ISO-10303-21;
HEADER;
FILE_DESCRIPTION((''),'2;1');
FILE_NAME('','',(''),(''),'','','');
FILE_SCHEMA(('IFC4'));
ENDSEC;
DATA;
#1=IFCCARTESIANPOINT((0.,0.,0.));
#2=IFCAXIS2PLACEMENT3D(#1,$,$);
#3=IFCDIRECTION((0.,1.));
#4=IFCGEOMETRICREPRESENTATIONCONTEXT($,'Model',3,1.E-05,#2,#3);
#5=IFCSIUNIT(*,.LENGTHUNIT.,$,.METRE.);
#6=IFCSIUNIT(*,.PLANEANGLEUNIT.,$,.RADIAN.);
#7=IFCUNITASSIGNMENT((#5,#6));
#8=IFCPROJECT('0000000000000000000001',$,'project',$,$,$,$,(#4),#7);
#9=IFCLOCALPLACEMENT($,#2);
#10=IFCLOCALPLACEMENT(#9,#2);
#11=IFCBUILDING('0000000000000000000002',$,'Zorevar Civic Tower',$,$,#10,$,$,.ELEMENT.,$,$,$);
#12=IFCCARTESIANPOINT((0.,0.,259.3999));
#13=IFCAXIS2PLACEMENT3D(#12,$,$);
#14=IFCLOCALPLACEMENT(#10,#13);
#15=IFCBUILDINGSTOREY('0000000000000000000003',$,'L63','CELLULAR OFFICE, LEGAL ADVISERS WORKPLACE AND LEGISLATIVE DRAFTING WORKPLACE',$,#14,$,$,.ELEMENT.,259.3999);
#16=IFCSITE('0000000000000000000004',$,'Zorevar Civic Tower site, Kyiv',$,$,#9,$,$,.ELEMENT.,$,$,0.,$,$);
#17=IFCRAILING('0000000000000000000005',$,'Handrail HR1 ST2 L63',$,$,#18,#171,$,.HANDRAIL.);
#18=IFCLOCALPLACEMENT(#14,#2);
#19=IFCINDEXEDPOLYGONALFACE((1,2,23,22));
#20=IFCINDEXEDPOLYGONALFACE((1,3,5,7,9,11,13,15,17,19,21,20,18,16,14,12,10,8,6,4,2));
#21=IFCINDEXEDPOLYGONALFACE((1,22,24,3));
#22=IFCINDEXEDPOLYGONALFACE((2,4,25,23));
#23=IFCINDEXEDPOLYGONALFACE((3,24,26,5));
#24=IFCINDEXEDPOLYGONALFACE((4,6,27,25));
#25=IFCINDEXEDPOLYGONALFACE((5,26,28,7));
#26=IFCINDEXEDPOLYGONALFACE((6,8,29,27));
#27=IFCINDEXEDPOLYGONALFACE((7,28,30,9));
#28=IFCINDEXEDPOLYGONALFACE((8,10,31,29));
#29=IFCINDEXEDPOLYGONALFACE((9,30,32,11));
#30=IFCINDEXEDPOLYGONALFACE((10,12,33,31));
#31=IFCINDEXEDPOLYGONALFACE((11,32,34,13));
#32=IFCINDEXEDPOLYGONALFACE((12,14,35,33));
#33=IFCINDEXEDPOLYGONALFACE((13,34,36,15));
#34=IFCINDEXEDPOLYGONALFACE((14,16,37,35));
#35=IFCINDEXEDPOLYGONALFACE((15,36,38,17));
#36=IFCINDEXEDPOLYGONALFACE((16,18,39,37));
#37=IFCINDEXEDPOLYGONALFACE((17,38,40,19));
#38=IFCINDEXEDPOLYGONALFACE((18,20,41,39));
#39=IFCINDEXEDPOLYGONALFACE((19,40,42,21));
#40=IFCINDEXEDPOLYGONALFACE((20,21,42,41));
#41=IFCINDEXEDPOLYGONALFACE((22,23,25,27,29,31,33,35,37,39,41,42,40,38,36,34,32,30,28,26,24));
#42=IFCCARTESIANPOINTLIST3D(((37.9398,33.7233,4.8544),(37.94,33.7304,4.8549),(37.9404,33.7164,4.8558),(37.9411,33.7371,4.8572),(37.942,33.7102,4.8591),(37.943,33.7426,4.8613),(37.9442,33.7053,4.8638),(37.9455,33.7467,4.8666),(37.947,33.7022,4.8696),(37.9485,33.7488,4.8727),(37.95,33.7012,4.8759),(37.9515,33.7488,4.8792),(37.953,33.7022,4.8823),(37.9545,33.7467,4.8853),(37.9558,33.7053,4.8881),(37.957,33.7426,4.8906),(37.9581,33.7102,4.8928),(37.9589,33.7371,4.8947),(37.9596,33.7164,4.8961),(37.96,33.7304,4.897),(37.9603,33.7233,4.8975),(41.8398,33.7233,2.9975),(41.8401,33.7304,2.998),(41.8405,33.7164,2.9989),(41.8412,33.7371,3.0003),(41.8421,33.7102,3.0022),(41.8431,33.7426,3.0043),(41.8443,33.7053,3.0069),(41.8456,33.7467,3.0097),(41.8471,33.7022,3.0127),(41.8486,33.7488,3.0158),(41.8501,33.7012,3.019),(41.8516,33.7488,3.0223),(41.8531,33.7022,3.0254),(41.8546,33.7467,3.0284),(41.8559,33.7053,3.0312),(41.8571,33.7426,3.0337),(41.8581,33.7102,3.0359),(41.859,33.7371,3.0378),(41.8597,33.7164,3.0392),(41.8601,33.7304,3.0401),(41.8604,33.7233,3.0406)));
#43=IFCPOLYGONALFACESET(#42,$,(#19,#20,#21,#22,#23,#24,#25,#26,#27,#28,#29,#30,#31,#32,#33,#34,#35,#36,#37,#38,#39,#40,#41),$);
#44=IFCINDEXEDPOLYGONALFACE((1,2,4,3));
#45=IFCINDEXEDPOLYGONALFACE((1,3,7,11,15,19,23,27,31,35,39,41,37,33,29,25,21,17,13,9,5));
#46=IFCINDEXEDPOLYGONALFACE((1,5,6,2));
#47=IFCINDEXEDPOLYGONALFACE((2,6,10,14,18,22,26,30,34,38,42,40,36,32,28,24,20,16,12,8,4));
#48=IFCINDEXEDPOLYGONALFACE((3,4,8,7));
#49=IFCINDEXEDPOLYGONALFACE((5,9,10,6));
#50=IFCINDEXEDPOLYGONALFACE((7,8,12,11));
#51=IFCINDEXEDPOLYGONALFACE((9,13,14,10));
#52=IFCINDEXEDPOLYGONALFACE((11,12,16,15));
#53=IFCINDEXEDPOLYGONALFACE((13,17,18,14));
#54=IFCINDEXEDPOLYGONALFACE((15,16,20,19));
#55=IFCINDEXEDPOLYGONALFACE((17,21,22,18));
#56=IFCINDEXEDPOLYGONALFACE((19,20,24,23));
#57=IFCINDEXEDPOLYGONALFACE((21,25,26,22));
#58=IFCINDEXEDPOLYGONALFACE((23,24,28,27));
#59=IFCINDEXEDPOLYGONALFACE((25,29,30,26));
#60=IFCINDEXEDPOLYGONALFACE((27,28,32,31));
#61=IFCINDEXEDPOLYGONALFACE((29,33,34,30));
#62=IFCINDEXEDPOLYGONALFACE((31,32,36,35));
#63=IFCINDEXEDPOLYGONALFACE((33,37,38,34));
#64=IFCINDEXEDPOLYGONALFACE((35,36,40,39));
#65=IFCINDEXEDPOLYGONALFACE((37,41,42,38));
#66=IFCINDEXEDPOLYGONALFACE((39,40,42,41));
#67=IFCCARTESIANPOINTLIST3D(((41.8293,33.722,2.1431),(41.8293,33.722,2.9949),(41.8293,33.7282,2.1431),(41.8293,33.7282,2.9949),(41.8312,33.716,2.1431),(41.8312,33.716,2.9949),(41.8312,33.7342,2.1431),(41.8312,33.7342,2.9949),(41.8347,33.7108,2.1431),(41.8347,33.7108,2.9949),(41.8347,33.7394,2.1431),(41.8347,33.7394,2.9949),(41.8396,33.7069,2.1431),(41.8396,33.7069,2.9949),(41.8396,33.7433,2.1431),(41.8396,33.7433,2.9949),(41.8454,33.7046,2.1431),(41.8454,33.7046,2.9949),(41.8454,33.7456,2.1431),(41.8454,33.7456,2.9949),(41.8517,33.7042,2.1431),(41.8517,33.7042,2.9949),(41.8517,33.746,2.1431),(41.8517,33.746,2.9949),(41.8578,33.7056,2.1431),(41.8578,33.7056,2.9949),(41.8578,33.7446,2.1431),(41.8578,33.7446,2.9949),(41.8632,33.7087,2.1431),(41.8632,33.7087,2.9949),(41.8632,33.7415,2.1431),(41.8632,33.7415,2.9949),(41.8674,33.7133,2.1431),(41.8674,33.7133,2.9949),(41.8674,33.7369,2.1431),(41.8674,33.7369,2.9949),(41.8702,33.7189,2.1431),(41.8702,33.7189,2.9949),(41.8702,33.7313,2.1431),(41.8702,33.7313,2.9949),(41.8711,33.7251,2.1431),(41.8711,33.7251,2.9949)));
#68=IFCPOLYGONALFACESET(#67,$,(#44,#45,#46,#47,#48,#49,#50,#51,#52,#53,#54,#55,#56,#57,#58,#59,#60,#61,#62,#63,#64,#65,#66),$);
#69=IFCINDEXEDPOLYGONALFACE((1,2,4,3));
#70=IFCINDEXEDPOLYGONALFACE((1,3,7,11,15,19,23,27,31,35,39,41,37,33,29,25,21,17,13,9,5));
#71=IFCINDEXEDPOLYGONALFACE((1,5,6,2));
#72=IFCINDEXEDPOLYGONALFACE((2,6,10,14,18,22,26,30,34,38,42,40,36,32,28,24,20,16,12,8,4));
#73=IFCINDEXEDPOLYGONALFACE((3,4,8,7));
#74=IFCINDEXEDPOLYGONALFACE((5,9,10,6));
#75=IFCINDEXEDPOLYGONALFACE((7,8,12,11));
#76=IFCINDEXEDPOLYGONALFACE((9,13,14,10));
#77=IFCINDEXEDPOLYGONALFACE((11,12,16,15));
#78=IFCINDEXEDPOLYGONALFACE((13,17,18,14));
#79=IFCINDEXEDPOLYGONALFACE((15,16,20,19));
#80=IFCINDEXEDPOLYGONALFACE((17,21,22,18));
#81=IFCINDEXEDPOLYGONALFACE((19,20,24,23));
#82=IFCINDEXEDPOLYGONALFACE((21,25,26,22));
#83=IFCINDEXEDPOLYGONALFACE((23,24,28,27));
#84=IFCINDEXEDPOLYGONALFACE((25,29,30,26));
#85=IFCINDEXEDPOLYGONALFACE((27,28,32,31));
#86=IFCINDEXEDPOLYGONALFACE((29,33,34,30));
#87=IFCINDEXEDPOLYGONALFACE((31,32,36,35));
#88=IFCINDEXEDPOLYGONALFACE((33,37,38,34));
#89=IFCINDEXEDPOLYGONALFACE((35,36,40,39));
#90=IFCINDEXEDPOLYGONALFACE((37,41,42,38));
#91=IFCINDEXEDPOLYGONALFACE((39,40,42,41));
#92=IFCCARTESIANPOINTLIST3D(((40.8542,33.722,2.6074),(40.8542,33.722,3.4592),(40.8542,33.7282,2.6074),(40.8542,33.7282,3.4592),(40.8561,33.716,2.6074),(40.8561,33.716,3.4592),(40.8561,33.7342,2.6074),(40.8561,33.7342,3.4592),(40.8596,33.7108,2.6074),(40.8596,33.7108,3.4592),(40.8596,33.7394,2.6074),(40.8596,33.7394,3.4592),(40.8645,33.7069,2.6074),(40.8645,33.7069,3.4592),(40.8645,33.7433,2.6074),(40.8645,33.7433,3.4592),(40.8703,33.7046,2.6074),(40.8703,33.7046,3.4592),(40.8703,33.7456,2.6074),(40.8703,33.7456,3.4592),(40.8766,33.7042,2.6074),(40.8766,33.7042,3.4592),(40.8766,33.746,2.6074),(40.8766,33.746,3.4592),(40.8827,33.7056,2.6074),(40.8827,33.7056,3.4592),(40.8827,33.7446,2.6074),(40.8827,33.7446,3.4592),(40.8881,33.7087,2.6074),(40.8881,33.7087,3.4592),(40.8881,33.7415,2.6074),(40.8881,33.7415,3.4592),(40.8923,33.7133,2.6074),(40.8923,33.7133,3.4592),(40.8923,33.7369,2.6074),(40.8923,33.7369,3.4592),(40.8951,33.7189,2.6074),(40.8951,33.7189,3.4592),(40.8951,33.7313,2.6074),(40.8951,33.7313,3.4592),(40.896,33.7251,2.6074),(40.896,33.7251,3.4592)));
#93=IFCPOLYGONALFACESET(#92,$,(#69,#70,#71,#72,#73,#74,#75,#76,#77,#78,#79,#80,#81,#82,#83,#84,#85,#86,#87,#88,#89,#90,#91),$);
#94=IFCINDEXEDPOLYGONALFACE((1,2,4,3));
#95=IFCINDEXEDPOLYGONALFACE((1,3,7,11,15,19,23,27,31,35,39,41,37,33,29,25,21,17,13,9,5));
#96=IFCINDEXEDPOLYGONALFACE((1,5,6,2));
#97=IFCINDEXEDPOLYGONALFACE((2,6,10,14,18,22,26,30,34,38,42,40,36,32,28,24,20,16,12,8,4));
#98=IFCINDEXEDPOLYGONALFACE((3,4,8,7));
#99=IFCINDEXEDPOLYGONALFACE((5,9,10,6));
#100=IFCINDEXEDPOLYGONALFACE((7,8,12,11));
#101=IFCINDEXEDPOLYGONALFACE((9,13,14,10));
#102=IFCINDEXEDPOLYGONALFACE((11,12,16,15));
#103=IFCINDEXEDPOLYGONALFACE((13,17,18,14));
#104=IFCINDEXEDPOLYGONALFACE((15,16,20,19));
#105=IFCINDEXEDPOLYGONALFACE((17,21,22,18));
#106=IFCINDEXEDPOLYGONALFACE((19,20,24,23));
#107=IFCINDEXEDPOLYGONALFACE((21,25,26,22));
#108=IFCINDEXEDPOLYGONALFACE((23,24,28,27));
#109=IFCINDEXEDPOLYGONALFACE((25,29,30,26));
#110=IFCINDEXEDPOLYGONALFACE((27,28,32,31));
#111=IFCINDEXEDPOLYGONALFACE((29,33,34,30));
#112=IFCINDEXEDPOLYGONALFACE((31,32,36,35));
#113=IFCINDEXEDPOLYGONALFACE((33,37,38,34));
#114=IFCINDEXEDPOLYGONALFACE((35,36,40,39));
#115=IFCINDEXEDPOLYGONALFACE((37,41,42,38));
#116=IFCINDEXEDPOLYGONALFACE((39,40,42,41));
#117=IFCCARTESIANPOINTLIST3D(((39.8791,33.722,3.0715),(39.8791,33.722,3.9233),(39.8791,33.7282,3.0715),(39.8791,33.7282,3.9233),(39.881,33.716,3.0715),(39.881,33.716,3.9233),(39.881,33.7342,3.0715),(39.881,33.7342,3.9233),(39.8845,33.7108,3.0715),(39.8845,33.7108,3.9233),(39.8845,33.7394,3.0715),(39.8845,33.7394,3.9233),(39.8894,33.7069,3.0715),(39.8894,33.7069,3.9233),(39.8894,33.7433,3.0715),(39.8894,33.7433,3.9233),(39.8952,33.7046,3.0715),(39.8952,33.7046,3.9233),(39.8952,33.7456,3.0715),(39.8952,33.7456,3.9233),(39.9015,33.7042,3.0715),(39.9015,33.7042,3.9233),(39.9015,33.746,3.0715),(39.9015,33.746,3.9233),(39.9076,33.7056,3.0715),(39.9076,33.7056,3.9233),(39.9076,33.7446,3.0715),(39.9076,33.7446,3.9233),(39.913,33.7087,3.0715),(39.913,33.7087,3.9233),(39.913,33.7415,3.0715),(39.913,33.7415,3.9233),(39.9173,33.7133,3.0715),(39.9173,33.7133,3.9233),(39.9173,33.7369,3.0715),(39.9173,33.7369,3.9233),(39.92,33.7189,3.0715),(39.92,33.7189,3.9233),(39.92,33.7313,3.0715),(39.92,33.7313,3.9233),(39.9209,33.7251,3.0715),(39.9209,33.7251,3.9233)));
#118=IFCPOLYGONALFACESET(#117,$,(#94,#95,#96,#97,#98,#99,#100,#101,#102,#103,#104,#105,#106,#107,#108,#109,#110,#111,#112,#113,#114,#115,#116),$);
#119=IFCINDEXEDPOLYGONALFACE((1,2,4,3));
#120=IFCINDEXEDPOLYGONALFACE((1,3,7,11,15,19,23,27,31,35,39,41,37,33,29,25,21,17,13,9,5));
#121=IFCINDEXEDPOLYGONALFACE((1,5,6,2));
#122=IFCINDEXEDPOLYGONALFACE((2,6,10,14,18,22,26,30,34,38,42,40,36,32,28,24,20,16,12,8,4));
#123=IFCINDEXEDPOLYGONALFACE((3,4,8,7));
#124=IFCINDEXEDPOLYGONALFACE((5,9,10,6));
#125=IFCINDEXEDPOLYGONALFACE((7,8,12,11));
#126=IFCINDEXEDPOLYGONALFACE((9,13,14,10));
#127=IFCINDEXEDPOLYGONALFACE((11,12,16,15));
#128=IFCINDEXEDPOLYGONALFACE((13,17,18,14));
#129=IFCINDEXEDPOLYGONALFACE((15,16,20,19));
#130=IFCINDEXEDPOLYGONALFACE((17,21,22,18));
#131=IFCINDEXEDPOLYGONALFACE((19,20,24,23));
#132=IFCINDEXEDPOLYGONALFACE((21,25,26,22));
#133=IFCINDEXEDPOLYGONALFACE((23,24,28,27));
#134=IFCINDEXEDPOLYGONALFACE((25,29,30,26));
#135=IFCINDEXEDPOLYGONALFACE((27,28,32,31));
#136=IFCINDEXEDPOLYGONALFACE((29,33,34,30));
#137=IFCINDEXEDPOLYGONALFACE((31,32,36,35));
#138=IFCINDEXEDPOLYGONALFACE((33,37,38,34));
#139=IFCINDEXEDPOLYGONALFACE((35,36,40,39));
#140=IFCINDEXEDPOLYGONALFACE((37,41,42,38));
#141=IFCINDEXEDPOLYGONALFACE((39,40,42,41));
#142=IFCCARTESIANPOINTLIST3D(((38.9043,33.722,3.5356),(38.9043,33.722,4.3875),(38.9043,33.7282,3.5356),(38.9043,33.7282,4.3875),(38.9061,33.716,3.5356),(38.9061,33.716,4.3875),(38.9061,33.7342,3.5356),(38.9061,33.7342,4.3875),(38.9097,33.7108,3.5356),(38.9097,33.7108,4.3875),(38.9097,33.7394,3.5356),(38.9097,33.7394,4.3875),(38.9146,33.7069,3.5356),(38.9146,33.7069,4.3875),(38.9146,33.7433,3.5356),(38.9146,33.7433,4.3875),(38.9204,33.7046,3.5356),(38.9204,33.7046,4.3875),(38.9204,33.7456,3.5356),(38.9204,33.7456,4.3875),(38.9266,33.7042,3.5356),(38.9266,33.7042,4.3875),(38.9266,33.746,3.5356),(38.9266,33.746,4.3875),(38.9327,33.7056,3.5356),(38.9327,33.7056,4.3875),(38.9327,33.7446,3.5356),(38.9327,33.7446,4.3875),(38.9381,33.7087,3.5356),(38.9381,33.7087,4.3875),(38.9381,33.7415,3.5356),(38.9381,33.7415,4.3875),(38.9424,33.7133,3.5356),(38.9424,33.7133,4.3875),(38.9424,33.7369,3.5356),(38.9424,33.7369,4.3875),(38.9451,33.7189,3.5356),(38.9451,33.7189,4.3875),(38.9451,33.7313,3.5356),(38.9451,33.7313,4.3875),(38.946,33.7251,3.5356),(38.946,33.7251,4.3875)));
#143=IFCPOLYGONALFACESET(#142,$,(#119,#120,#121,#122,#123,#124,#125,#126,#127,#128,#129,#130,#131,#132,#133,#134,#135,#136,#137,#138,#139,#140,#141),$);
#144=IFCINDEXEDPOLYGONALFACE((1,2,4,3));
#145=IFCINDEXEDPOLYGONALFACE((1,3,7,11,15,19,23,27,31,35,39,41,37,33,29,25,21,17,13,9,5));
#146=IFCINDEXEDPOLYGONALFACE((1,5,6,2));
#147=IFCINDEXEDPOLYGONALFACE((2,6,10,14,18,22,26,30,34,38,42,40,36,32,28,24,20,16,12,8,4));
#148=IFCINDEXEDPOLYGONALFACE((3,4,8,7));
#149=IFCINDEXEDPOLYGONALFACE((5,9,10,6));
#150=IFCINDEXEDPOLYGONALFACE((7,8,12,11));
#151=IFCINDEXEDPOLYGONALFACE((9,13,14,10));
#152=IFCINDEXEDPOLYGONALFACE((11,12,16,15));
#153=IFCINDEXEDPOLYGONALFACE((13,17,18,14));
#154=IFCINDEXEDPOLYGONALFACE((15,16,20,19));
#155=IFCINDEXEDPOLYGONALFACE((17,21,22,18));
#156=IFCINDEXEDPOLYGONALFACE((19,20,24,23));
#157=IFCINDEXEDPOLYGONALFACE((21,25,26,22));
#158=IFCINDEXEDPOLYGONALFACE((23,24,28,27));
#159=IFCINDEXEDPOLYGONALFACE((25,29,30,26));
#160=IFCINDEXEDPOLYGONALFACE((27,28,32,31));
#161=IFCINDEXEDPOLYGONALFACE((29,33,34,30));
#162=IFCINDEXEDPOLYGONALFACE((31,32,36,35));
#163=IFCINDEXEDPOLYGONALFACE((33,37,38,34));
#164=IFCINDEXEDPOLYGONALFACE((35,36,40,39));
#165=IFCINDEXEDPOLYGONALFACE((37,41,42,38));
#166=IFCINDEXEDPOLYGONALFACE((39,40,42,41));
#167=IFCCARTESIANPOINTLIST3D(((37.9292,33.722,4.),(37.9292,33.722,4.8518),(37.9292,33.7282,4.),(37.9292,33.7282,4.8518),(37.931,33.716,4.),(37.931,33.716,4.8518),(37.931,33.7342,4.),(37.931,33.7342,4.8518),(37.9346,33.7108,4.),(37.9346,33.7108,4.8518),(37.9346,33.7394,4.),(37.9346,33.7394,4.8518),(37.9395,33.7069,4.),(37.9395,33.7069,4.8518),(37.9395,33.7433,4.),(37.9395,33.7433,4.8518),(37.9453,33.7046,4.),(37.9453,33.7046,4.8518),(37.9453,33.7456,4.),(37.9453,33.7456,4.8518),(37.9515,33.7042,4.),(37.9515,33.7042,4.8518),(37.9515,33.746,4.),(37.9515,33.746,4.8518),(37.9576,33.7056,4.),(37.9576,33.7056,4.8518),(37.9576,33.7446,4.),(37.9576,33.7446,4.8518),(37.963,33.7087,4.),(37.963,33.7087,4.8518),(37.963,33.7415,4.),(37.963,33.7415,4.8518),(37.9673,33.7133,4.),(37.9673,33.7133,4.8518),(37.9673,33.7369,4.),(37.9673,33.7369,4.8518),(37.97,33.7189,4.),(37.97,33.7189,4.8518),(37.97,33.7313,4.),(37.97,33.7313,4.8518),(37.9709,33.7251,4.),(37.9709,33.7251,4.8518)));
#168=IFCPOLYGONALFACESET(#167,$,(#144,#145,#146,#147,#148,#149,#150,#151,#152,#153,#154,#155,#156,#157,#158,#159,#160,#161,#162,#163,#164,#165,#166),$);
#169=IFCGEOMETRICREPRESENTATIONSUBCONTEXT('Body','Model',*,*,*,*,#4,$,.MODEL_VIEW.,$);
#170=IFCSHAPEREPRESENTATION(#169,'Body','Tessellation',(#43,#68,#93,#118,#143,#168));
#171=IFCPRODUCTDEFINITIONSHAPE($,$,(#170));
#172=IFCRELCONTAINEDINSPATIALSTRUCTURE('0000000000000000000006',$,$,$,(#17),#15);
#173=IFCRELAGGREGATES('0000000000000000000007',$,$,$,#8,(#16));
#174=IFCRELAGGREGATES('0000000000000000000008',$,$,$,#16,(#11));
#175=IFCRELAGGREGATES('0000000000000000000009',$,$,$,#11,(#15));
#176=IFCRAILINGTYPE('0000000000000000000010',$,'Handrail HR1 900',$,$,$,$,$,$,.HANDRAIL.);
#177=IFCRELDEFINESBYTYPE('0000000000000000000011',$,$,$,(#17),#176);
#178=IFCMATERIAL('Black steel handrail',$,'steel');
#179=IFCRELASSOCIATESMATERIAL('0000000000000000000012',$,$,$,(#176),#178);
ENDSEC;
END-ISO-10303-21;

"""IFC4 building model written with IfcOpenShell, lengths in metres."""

from ifc_helpers import new_model, si_unit, direction, frame, origin, origin_2d, place, context, subcontext, project, spatial, circle, extrude, material, type_object, element, save


model = new_model("IFC4")

# Units and contexts
model_context = context("Model", 3, precision=1e-05, world=origin(), true_north=direction((0.0, 1.0)))
body_context = subcontext(model_context, "Body", "Model", "MODEL_VIEW")
ifc_project = project(units=[si_unit("LENGTHUNIT", "METRE"), si_unit("PLANEANGLEUNIT", "RADIAN")], contexts=[model_context])

# Site, building, storey
site_placement = place(None, origin())
site = spatial("IfcSite", under=ifc_project, at=site_placement, Name="Zorevar Civic Tower site, Kyiv", CompositionType="ELEMENT", RefElevation=0.0)
building_placement = place(site_placement, origin())
building = spatial("IfcBuilding", under=site, at=building_placement, Name="Zorevar Civic Tower", CompositionType="ELEMENT")
storey_placement = place(building_placement, frame((0.0, 0.0, 259.3999)))
storey = spatial("IfcBuildingStorey", under=building, at=storey_placement, Name="L63", Description="CELLULAR OFFICE, LEGAL ADVISERS WORKPLACE AND LEGISLATIVE DRAFTING WORKPLACE", CompositionType="ELEMENT", Elevation=259.3999)

# Railing
ifc_material_1 = material(Name="Black steel handrail", Category="steel")
railing_type = type_object("IfcRailingType", Name="Handrail HR1 900", PredefinedType="HANDRAIL", material=ifc_material_1)
railing_1_placement = place(storey_placement, frame((41.8501, 33.7251, 2.1431)))
element("IfcRailing", 1, at=railing_1_placement, inside=storey, type_object=railing_type, Name="Handrail HR1 ST2 L63", PredefinedType="HANDRAIL", context=body_context, shape_type="SweptSolid", body=[
    extrude(circle(Radius=0.0239, at=origin_2d()), frame((0.0, 0.0, 0.876), z_axis=(-0.902886, 0.0, 0.429881), x_axis=(0.0, -1.0, 0.0)), (0.0, 0.0, 1.0), 4.3196),
    extrude(circle(Radius=0.021, at=origin_2d()), origin(), (0.0, 0.0, 1.0), 0.8518),
    extrude(circle(Radius=0.021, at=origin_2d()), frame((-0.9751, 0.0, 0.4644)), (0.0, 0.0, 1.0), 0.8518),
    extrude(circle(Radius=0.021, at=origin_2d()), frame((-1.9502, 0.0, 0.9285)), (0.0, 0.0, 1.0), 0.8518),
    extrude(circle(Radius=0.021, at=origin_2d()), frame((-2.925, 0.0, 1.3926)), (0.0, 0.0, 1.0), 0.8518),
    extrude(circle(Radius=0.021, at=origin_2d()), frame((-3.9001, 0.0, 1.8569)), (0.0, 0.0, 1.0), 0.8518),
])

save(model, "model.ifc")
